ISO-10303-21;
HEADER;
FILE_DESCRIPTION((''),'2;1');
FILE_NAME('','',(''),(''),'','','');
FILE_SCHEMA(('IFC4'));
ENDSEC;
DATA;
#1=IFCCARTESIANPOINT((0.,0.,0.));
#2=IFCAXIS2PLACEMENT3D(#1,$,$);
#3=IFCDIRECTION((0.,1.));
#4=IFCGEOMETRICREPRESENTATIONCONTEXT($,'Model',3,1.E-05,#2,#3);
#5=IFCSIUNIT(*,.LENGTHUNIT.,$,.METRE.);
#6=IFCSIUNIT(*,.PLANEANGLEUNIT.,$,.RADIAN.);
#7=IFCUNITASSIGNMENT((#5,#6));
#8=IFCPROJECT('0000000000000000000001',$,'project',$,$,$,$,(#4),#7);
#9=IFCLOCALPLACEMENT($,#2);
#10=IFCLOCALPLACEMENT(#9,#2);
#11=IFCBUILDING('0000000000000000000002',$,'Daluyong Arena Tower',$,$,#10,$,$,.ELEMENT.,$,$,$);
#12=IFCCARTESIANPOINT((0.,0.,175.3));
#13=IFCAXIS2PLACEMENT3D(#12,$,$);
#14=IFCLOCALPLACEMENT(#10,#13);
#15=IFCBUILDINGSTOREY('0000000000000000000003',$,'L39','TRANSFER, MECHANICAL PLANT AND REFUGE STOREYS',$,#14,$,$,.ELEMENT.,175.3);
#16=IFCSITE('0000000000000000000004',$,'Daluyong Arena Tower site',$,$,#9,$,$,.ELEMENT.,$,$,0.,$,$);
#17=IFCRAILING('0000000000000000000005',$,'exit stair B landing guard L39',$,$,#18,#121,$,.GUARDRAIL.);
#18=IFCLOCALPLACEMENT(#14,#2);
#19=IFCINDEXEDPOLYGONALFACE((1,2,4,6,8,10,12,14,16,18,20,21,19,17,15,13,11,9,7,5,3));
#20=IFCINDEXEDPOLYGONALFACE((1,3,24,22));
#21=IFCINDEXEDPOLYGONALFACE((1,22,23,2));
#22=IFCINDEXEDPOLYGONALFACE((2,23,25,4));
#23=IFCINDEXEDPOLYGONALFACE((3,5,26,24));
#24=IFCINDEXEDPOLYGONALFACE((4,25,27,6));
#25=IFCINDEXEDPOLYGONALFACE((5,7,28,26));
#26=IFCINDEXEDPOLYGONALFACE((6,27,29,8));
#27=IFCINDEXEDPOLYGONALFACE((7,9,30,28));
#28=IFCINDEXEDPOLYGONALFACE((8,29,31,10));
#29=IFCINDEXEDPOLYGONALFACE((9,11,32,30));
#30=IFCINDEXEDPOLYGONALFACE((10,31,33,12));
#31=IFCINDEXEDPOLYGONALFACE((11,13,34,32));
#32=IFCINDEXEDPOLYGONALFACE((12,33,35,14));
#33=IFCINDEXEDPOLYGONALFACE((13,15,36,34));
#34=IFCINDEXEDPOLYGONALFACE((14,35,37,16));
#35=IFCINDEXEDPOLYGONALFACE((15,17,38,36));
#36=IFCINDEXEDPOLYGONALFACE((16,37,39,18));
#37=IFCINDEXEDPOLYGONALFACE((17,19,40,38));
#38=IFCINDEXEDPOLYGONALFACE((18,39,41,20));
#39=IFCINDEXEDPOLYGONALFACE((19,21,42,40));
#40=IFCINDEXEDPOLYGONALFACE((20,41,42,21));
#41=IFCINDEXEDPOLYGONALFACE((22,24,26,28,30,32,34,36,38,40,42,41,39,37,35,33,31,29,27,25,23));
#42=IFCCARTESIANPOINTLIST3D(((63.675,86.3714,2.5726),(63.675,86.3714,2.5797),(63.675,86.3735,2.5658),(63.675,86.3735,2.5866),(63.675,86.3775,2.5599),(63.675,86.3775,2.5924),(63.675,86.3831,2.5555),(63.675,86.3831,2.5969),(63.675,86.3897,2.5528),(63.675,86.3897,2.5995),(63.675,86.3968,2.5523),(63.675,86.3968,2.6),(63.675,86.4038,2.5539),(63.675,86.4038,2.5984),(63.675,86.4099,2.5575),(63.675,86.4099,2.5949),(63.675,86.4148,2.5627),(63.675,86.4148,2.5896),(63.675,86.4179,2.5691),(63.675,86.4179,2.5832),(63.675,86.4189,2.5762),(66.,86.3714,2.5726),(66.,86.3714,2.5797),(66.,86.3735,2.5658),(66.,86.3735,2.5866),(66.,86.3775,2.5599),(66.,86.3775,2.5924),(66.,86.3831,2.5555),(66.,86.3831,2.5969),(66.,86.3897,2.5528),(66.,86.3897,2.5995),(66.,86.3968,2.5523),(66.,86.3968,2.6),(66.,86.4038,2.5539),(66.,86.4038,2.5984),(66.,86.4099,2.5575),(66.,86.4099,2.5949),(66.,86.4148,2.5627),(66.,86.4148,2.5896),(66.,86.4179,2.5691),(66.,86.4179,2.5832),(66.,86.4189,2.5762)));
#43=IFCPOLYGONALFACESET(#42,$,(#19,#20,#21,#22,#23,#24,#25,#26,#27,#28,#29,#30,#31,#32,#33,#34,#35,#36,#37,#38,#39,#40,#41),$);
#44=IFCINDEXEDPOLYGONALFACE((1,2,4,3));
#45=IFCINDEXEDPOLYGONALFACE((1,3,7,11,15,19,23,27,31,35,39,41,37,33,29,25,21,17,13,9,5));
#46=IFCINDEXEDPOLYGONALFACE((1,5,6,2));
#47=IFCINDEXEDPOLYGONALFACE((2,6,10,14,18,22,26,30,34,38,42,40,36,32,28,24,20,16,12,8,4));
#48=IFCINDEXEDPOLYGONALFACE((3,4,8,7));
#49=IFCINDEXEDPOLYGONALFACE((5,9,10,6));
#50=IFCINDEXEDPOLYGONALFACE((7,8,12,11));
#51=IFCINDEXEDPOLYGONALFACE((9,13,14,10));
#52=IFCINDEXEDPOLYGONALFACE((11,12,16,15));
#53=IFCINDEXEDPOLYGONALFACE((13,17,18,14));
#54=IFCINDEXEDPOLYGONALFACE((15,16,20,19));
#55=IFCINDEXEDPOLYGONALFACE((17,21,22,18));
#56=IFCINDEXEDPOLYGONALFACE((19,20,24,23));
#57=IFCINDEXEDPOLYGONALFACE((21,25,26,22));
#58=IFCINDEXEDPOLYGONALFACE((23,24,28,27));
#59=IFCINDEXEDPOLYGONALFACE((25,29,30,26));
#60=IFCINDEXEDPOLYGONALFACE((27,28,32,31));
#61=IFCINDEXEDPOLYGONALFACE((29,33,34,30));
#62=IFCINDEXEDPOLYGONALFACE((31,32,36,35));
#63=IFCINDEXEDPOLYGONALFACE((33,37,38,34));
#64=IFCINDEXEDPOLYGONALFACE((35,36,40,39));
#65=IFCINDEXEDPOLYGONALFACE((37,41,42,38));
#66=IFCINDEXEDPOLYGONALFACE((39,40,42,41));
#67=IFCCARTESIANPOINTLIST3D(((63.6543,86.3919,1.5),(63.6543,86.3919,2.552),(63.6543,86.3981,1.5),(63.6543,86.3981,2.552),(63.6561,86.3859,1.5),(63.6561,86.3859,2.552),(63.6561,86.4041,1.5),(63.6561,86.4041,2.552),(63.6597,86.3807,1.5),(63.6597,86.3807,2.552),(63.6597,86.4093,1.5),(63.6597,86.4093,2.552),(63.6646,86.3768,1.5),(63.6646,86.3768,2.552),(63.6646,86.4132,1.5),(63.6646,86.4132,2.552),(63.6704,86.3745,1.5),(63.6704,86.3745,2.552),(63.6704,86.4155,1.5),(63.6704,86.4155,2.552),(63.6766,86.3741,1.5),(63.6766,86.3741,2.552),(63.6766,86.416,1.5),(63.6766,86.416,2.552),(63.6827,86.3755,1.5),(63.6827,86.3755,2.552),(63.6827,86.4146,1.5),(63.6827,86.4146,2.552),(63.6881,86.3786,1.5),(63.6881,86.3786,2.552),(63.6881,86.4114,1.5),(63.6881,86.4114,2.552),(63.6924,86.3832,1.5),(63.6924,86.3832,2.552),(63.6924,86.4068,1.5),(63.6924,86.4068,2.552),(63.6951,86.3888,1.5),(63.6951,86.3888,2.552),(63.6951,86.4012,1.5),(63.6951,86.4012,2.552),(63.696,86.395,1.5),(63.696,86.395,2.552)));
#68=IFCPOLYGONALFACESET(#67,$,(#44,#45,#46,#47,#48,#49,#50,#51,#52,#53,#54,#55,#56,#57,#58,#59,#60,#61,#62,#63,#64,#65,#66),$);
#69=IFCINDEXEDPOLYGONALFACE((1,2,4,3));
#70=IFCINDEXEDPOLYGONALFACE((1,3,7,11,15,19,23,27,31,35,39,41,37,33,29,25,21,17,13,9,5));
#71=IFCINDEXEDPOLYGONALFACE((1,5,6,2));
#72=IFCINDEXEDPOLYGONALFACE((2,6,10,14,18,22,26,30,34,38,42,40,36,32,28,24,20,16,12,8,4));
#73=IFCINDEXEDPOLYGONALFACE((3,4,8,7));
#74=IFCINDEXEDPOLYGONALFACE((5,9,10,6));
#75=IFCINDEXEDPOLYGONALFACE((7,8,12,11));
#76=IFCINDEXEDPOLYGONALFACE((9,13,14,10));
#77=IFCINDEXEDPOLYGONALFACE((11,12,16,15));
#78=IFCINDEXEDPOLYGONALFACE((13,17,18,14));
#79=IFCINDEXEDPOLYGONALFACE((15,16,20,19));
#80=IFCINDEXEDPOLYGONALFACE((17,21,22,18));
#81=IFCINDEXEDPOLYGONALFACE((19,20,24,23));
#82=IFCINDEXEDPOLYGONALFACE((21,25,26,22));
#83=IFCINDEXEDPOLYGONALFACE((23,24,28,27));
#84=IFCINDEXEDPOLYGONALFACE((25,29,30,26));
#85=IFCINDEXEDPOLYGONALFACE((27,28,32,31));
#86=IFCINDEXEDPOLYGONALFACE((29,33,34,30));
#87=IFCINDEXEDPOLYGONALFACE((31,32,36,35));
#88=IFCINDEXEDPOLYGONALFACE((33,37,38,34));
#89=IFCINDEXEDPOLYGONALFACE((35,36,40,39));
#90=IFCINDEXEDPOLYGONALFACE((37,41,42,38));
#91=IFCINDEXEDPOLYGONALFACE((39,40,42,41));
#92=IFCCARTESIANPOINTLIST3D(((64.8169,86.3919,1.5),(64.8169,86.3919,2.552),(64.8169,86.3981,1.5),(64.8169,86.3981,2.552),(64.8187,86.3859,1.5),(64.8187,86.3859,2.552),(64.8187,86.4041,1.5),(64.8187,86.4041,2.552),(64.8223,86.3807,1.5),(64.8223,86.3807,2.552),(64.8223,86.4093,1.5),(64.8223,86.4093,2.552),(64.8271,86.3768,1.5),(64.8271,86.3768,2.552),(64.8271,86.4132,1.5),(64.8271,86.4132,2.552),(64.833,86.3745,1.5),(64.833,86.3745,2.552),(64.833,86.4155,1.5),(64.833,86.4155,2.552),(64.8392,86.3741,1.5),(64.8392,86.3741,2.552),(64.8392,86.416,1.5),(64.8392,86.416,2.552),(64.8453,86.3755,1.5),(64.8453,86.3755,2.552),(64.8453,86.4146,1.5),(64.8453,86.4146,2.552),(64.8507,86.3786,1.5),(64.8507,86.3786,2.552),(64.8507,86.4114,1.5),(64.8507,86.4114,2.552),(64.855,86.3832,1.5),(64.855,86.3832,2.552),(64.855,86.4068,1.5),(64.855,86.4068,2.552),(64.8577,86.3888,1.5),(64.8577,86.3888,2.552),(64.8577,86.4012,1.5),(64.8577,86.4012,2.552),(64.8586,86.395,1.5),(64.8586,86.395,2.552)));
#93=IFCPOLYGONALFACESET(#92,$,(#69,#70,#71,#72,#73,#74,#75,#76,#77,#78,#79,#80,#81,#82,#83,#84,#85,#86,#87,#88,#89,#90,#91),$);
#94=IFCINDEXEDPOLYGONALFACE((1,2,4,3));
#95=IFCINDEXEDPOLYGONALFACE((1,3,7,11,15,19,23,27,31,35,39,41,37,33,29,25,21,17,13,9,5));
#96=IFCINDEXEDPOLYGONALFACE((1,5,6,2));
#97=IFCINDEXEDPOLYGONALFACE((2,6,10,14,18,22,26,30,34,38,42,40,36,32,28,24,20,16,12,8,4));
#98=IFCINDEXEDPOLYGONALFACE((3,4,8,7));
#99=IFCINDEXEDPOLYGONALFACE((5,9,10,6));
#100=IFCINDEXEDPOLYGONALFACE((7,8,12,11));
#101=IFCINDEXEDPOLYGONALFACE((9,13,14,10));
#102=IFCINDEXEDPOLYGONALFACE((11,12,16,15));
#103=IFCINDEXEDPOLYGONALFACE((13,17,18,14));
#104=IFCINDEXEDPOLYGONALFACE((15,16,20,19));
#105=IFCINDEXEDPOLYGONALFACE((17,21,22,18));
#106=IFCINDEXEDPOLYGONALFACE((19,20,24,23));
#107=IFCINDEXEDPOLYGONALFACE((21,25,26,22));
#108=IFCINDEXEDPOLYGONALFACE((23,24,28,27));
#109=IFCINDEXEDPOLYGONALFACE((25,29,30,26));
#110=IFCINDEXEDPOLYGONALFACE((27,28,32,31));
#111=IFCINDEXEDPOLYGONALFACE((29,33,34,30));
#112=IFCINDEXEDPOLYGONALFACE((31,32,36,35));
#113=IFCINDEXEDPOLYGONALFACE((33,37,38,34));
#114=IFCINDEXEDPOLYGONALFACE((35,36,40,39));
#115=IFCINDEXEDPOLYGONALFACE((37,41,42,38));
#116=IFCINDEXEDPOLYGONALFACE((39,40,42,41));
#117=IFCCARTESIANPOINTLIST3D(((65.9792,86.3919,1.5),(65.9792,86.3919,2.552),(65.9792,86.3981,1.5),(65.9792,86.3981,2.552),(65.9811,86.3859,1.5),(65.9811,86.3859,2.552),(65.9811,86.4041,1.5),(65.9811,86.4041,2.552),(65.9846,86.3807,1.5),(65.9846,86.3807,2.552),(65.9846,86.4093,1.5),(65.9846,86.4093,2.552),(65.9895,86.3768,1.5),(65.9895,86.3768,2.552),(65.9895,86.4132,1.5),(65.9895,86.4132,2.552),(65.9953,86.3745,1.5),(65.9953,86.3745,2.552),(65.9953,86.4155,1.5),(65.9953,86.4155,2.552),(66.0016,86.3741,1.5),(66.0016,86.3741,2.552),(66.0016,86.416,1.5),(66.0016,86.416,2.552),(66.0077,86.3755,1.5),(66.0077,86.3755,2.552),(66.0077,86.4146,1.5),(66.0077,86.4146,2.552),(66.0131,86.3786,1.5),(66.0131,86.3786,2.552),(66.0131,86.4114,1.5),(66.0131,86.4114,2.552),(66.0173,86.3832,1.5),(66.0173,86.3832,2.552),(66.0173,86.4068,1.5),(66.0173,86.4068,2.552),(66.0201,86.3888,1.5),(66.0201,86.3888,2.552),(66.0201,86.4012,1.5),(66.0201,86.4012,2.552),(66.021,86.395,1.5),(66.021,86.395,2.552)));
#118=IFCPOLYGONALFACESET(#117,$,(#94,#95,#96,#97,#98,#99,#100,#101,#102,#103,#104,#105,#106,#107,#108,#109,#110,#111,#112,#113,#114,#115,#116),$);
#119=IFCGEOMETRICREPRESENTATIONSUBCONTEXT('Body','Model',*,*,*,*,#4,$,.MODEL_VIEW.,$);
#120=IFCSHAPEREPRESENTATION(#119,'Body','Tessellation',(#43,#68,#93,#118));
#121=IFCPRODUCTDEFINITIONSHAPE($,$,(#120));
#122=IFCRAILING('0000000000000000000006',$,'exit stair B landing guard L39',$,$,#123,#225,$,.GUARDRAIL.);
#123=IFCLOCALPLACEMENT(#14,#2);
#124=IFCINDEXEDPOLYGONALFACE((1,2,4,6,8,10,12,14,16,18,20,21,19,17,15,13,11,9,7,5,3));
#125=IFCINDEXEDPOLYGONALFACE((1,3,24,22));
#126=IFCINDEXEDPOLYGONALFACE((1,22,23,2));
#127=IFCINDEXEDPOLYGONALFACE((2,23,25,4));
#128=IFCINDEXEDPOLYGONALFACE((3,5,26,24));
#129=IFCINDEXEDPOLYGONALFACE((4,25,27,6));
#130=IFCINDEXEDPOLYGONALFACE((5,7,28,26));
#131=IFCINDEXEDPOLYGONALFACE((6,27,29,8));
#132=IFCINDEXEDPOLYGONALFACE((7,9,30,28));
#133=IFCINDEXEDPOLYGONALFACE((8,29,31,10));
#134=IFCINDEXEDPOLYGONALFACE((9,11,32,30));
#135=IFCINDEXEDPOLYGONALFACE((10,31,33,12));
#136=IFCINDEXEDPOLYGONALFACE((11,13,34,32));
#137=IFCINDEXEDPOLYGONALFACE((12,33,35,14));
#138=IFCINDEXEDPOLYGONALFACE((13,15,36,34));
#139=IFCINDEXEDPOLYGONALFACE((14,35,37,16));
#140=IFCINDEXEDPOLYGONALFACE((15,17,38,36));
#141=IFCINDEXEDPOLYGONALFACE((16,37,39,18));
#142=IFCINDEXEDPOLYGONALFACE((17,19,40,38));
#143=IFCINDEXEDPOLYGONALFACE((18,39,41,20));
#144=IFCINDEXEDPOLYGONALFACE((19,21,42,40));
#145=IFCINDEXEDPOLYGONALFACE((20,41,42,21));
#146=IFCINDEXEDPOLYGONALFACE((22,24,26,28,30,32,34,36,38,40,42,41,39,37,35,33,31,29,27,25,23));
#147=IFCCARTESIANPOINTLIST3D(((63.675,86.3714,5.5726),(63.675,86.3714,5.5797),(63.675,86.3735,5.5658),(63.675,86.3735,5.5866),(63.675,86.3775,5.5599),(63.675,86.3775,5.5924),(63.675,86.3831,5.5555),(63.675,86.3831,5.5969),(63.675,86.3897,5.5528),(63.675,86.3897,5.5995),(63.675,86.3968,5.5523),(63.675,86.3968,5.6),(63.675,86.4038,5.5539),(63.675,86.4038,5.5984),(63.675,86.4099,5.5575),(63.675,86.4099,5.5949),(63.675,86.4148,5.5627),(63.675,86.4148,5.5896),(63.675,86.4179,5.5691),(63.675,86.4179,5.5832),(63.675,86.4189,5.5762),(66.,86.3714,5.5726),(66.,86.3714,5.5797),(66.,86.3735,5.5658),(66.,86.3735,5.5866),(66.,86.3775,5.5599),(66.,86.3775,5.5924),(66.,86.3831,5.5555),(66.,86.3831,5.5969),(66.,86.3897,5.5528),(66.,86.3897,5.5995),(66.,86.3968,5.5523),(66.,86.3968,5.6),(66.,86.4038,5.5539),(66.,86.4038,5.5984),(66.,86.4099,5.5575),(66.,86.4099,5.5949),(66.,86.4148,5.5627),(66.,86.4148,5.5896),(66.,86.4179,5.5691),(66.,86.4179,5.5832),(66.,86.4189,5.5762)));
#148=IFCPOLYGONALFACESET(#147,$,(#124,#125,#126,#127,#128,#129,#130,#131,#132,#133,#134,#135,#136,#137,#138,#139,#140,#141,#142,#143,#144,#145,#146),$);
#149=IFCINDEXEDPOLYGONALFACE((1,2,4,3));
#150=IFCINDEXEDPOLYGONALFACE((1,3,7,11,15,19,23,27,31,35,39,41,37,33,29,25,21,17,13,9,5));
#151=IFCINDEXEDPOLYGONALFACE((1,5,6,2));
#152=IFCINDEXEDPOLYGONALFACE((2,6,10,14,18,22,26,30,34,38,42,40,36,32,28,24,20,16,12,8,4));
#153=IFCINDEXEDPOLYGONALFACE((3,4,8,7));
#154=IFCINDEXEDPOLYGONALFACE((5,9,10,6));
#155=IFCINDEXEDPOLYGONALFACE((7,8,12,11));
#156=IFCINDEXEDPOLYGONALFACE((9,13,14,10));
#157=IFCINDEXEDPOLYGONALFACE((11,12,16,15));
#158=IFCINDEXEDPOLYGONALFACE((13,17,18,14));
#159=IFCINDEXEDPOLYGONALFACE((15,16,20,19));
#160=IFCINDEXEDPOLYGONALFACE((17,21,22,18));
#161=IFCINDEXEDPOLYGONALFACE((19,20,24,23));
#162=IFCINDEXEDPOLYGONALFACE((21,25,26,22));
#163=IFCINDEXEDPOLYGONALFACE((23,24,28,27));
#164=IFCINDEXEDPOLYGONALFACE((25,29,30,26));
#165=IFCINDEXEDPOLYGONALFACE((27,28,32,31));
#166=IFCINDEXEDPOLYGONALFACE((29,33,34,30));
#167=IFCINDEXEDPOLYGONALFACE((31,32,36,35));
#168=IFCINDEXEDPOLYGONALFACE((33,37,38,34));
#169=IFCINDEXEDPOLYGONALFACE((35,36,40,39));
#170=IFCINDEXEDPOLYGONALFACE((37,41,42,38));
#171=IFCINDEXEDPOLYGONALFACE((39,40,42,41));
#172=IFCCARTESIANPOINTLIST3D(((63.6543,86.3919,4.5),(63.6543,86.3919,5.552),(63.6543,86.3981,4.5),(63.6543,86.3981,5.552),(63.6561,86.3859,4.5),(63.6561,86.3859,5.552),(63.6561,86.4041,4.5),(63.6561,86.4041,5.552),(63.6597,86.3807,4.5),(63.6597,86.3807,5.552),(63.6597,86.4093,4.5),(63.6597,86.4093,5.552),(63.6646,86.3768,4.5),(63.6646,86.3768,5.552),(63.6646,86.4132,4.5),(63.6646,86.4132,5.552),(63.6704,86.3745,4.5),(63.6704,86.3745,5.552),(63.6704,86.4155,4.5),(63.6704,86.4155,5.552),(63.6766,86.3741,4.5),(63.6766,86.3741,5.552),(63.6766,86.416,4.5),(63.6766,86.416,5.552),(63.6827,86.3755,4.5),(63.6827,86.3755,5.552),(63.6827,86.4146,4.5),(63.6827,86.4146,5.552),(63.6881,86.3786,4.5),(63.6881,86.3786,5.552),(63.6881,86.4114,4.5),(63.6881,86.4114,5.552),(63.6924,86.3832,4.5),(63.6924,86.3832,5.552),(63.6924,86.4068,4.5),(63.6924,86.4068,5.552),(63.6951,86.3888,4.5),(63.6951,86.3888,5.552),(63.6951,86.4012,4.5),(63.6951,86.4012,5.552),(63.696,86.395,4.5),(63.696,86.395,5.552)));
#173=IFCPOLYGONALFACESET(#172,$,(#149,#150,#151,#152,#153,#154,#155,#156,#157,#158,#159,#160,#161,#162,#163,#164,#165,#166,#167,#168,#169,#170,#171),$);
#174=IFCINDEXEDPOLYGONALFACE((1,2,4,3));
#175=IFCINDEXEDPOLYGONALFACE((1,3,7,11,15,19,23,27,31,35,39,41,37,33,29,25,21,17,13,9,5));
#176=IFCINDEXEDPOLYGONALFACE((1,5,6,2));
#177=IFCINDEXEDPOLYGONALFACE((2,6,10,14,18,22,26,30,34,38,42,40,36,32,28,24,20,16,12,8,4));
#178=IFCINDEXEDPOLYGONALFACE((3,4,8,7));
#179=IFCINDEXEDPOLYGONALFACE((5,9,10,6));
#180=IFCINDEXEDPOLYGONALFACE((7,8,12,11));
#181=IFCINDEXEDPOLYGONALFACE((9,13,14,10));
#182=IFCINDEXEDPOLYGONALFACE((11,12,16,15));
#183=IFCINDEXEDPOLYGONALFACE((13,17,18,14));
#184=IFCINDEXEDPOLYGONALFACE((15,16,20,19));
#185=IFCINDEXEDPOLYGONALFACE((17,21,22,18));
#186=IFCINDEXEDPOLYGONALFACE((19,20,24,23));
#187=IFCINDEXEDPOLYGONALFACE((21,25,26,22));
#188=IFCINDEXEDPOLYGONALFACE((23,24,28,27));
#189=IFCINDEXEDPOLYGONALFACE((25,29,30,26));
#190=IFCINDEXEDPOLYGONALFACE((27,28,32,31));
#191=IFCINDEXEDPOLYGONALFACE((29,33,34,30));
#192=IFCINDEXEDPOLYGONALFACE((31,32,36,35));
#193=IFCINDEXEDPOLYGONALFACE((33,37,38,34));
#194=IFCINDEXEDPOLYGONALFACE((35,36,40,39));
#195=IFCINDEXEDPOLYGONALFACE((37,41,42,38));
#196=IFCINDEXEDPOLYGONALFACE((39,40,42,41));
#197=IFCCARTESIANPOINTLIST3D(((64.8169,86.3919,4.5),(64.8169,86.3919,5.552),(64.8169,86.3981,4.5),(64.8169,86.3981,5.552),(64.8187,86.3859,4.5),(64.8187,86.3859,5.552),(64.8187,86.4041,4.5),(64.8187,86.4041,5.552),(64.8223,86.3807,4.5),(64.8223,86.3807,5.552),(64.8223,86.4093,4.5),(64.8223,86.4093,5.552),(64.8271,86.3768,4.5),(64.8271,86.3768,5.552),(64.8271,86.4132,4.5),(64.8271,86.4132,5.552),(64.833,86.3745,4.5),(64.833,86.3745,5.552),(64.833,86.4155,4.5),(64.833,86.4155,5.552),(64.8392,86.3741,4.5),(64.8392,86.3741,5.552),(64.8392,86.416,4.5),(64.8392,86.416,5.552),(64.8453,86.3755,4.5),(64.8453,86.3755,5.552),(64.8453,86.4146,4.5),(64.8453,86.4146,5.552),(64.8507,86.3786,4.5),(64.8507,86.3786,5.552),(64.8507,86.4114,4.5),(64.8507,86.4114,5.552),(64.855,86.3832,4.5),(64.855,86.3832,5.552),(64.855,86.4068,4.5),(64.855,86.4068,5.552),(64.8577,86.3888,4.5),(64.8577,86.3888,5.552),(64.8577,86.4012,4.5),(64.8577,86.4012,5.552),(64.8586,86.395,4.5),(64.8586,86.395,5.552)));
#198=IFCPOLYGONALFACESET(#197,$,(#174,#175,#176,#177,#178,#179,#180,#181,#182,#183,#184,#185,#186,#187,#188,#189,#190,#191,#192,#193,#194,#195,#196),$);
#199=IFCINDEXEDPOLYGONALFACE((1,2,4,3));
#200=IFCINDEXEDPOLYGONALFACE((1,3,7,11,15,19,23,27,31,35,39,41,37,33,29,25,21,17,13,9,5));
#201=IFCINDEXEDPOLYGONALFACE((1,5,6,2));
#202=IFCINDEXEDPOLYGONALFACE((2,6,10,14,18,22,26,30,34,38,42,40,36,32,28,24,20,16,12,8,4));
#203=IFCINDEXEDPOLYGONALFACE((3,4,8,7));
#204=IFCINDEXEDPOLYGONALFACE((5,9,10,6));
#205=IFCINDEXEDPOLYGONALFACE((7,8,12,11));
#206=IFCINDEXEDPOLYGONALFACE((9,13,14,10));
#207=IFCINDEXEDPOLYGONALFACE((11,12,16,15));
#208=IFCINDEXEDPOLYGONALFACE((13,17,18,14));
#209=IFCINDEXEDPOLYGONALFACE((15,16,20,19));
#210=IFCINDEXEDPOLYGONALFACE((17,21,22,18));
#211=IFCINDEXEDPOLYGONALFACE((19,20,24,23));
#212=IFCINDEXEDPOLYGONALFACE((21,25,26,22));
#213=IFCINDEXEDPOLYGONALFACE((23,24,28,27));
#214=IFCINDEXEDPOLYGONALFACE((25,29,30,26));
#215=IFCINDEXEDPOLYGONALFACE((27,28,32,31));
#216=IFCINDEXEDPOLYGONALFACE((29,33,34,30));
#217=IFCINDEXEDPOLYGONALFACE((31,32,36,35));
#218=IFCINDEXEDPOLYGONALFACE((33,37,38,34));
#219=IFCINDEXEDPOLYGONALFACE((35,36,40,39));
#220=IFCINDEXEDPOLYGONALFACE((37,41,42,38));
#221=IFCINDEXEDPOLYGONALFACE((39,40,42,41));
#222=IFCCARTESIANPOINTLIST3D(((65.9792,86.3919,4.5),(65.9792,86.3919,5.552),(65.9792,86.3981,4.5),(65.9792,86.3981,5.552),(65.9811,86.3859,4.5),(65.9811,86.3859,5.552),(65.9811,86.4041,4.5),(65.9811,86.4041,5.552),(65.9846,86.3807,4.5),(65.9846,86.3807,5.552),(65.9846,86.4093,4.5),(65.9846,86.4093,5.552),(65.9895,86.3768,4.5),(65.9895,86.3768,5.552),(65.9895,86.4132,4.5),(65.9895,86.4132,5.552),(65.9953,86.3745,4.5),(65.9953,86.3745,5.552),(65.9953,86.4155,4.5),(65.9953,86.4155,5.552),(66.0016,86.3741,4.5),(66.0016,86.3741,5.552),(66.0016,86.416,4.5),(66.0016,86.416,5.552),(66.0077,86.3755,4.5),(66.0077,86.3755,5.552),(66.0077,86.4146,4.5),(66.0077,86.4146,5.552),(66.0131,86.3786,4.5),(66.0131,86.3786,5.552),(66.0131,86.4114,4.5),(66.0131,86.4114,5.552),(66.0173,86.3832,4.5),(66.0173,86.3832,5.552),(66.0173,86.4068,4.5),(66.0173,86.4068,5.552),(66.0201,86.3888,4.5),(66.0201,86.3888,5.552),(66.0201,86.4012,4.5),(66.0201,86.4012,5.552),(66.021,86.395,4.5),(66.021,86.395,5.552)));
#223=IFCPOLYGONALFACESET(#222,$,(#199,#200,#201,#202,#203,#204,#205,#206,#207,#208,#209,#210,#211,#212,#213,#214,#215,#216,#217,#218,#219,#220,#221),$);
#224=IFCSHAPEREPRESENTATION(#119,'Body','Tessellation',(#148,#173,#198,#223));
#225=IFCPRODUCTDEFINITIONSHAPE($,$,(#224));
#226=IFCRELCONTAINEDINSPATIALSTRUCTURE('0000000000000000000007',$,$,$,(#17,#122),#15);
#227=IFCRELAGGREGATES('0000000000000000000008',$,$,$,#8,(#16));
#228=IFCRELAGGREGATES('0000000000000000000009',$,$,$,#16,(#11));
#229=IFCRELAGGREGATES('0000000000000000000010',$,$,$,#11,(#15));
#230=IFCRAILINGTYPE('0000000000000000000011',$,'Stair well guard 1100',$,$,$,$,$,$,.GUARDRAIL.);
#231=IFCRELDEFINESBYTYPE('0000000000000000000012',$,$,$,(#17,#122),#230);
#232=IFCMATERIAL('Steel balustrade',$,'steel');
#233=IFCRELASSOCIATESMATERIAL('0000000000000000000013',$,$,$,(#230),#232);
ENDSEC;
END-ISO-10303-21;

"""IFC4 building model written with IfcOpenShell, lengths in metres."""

from ifc_helpers import new_model, si_unit, direction, frame, origin, origin_2d, place, context, subcontext, project, spatial, circle, extrude, material, type_object, element, save


model = new_model("IFC4")

# Units and contexts
model_context = context("Model", 3, precision=1e-05, world=origin(), true_north=direction((0.0, 1.0)))
body_context = subcontext(model_context, "Body", "Model", "MODEL_VIEW")
ifc_project = project(units=[si_unit("LENGTHUNIT", "METRE"), si_unit("PLANEANGLEUNIT", "RADIAN")], contexts=[model_context])

# Site, building, storey
site_placement = place(None, origin())
site = spatial("IfcSite", under=ifc_project, at=site_placement, Name="Daluyong Arena Tower site", CompositionType="ELEMENT", RefElevation=0.0)
building_placement = place(site_placement, origin())
building = spatial("IfcBuilding", under=site, at=building_placement, Name="Daluyong Arena Tower", CompositionType="ELEMENT")
storey_placement = place(building_placement, frame((0.0, 0.0, 175.3)))
storey = spatial("IfcBuildingStorey", under=building, at=storey_placement, Name="L39", Description="TRANSFER, MECHANICAL PLANT AND REFUGE STOREYS", CompositionType="ELEMENT", Elevation=175.3)

# Railings
ifc_material_1 = material(Name="Steel balustrade", Category="steel")
railing_type_1 = type_object("IfcRailingType", Name="Stair well guard 1100", PredefinedType="GUARDRAIL", material=ifc_material_1)
for number, where, name in (
    (1, (63.675, 86.395, 1.5), "exit stair B landing guard L39"),
    (2, (63.675, 86.395, 4.5), "exit stair B landing guard L39"),
):
    element("IfcRailing", number, at=place(storey_placement, frame(where)), inside=storey, type_object=railing_type_1, Name=name, PredefinedType="GUARDRAIL", context=body_context, shape_type="SweptSolid", body=[
        extrude(circle(Radius=0.0239, at=origin_2d()), frame((0.0, 0.0, 1.0762), z_axis=(1.0, 0.0, 0.0), x_axis=(0.0, 1.0, 0.0)), (0.0, 0.0, 1.0), 2.325),
        extrude(circle(Radius=0.021, at=origin_2d()), origin(), (0.0, 0.0, 1.0), 1.052),
        extrude(circle(Radius=0.021, at=origin_2d()), frame((1.1626, 0.0, 0.0)), (0.0, 0.0, 1.0), 1.052),
        extrude(circle(Radius=0.021, at=origin_2d()), frame((2.325, 0.0, 0.0)), (0.0, 0.0, 1.0), 1.052),
    ])

save(model, "model.ifc")
